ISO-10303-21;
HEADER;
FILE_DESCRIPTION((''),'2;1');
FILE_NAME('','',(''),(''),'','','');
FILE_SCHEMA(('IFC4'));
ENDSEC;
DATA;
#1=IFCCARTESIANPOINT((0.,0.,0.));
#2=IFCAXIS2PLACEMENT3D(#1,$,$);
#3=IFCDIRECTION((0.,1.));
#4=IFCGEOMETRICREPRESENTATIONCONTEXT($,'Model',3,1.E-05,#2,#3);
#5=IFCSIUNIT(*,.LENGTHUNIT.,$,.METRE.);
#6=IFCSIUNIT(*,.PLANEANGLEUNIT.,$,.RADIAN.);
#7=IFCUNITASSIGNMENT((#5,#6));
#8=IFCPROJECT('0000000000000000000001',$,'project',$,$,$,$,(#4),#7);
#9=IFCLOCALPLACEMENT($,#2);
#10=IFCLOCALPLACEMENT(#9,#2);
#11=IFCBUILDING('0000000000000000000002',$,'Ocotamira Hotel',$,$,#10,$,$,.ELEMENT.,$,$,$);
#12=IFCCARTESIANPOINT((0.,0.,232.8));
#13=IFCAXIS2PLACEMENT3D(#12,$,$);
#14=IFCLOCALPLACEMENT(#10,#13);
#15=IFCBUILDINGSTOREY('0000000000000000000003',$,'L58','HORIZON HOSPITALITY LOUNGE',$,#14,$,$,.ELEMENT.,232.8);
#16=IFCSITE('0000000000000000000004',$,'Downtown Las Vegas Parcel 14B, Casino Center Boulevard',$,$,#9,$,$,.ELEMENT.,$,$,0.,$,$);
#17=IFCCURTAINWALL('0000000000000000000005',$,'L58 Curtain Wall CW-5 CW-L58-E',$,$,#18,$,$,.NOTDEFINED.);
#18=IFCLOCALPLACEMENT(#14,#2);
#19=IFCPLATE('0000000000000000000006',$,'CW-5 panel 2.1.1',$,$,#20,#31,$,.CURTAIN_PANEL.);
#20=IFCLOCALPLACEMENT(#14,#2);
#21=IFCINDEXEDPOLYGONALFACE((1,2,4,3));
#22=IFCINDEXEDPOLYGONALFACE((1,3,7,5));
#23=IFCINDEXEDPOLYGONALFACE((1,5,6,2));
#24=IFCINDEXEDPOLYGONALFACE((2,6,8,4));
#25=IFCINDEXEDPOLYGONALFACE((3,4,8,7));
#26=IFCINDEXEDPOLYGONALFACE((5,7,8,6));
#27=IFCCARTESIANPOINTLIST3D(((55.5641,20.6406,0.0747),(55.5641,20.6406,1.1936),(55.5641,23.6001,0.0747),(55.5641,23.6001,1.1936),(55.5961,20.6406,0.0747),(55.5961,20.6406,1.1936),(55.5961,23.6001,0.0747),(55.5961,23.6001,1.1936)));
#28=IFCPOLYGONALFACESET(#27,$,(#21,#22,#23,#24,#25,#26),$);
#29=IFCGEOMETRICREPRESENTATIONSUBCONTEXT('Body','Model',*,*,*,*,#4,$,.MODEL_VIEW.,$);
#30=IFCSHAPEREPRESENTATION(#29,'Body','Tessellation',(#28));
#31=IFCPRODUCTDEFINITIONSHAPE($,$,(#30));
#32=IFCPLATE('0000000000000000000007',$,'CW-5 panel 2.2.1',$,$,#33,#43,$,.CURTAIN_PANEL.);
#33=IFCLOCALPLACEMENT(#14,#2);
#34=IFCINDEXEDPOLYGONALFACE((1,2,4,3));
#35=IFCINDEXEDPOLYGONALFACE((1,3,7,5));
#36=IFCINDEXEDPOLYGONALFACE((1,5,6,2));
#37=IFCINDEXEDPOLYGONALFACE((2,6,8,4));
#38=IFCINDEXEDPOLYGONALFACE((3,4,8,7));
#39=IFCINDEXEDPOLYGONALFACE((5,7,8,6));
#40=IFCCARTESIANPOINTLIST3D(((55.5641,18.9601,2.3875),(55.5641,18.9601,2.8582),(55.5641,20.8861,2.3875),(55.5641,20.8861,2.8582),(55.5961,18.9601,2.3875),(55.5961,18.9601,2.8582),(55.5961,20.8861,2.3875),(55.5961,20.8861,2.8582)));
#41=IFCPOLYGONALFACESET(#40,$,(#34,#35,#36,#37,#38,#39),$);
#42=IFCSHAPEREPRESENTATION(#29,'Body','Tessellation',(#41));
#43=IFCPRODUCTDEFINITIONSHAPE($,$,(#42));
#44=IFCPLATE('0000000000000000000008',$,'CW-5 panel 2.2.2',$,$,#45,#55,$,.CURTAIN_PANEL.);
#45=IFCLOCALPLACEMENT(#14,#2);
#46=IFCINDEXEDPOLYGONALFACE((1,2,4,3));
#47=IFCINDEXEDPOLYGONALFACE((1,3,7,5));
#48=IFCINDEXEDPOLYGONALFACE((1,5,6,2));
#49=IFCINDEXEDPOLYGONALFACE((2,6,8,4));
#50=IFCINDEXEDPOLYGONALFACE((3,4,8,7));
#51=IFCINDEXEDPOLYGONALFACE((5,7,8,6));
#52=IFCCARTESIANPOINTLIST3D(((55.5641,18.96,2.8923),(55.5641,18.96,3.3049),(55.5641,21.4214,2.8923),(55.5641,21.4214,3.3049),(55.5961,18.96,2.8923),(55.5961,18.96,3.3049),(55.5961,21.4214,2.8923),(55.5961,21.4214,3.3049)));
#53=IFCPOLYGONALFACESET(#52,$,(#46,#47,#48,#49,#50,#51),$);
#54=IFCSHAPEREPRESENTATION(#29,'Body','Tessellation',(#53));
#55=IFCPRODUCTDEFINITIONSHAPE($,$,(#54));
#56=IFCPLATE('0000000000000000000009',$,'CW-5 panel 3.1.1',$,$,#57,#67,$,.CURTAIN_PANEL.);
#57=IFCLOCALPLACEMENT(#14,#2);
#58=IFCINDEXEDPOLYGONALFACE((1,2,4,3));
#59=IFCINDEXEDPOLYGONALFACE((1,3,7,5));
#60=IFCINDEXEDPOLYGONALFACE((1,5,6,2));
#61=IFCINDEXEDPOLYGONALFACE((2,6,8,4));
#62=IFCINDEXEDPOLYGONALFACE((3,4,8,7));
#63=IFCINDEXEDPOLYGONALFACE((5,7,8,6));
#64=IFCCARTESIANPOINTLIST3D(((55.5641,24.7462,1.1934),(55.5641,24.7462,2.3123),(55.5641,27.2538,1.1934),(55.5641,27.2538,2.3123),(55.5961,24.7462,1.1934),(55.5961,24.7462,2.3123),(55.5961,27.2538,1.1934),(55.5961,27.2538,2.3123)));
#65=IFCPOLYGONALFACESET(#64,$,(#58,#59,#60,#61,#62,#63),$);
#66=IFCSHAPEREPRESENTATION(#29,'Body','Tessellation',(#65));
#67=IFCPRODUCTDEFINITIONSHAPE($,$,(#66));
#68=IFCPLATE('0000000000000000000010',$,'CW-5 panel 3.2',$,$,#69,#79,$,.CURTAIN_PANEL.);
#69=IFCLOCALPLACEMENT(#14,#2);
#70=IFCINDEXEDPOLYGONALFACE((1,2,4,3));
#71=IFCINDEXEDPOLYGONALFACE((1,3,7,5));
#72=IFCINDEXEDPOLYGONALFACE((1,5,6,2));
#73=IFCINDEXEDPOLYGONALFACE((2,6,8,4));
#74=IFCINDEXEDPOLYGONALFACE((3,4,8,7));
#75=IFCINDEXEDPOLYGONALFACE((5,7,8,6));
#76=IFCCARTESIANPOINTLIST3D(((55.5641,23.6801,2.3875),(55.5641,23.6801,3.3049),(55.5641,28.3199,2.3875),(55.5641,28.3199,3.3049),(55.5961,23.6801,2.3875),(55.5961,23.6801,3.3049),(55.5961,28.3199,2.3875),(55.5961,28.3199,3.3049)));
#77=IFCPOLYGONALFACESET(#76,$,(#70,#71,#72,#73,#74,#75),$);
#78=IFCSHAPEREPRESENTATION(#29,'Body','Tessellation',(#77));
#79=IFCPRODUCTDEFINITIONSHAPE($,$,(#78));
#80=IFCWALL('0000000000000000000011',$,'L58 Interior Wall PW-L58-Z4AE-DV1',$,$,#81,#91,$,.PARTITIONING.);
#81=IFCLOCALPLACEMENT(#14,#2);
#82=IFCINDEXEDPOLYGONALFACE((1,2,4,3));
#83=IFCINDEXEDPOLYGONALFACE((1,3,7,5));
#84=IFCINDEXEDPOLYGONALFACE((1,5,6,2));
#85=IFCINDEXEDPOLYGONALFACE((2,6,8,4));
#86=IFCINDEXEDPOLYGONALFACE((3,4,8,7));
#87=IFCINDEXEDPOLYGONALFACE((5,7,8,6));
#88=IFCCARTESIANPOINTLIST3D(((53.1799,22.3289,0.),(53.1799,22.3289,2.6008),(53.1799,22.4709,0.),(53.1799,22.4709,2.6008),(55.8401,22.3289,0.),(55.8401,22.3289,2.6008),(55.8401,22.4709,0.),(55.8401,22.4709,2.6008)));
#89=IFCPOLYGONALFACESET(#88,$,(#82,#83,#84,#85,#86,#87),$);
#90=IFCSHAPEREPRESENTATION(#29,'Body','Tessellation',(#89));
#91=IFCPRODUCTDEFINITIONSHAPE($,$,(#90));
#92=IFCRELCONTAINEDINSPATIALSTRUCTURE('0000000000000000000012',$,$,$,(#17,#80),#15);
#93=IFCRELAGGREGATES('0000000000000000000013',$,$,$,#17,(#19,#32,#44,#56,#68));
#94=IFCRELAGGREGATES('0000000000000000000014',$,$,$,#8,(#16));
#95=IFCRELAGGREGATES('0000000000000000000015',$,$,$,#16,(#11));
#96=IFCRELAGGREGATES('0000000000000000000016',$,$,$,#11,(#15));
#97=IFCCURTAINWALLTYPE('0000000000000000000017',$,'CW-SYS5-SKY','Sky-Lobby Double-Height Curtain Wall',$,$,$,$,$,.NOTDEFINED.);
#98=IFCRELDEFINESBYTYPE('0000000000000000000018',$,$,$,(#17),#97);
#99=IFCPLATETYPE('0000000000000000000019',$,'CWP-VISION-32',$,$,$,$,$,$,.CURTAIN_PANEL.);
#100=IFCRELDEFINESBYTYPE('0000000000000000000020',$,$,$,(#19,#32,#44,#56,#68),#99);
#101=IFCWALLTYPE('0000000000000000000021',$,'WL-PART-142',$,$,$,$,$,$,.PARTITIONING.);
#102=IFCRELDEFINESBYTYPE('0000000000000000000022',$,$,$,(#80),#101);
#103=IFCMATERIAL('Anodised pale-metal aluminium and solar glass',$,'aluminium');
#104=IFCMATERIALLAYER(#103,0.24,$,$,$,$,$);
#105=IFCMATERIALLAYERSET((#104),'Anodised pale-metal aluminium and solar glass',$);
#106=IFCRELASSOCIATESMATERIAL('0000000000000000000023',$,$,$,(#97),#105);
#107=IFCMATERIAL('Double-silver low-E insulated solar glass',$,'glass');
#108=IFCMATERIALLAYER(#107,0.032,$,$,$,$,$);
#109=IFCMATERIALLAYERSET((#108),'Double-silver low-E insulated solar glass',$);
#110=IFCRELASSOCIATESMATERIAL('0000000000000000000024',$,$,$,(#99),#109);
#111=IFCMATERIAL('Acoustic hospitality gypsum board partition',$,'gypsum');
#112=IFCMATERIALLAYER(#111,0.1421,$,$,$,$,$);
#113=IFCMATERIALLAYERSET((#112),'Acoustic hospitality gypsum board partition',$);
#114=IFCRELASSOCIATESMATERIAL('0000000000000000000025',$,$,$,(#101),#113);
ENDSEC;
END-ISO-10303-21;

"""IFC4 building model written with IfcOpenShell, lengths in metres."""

from ifc_helpers import new_model, si_unit, direction, frame, frame_2d, origin, origin_2d, place, context, subcontext, project, spatial, rectangle, extrude, source, transform, mapped, material, layer, layer_set, type_object, element, aggregate, save


model = new_model("IFC4")

# Units and contexts
model_context = context("Model", 3, precision=1e-05, world=origin(), true_north=direction((0.0, 1.0)))
body_context = subcontext(model_context, "Body", "Model", "MODEL_VIEW")
ifc_project = project(units=[si_unit("LENGTHUNIT", "METRE"), si_unit("PLANEANGLEUNIT", "RADIAN")], contexts=[model_context])

# Site, building, storey
site_placement = place(None, origin())
site = spatial("IfcSite", under=ifc_project, at=site_placement, Name="Downtown Las Vegas Parcel 14B, Casino Center Boulevard", CompositionType="ELEMENT", RefElevation=0.0)
building_placement = place(site_placement, origin())
building = spatial("IfcBuilding", under=site, at=building_placement, Name="Ocotamira Hotel", CompositionType="ELEMENT")
storey_placement = place(building_placement, frame((0.0, 0.0, 232.8)))
storey = spatial("IfcBuildingStorey", under=building, at=storey_placement, Name="L58", Description="HORIZON HOSPITALITY LOUNGE", CompositionType="ELEMENT", Elevation=232.8)

# Curtain wall
ifc_material_1 = material(Name="Anodised pale-metal aluminium and solar glass", Category="aluminium")
ifc_layer_1 = layer(ifc_material_1, 0.24)
ifc_layer_set_1 = layer_set([ifc_layer_1], Name="Anodised pale-metal aluminium and solar glass")
curtain_wall_type = type_object("IfcCurtainWallType", Name="CW-SYS5-SKY", Description="Sky-Lobby Double-Height Curtain Wall", PredefinedType="NOTDEFINED", material=ifc_layer_set_1)
curtain_wall_placement = place(storey_placement, origin())
curtain_wall = element("IfcCurtainWall", 1, at=curtain_wall_placement, inside=storey, type_object=curtain_wall_type, Name="L58 Curtain Wall CW-5 CW-L58-E", PredefinedType="NOTDEFINED")

# Plates
ifc_material_2 = material(Name="Double-silver low-E insulated solar glass", Category="glass")
ifc_layer_2 = layer(ifc_material_2, 0.032)
ifc_layer_set_2 = layer_set([ifc_layer_2], Name="Double-silver low-E insulated solar glass")
plate_type_1 = type_object("IfcPlateType", Name="CWP-VISION-32", PredefinedType="CURTAIN_PANEL", material=ifc_layer_set_2)
shared_shape_1 = source(origin(), body_context, "Body", "SweptSolid", [
    extrude(rectangle(XDim=2.9595, YDim=0.032, at=origin_2d()), origin(), (0.0, 0.0, 1.0), 1.1189),
])
plate_1_placement = place(storey_placement, frame((55.5801, 22.1204, 0.0747), z_axis=(0.0, 0.0, 1.0), x_axis=(0.0, 1.0, 0.0)))
plate_1 = element("IfcPlate", 2, at=plate_1_placement, type_object=plate_type_1, Name="CW-5 panel 2.1.1", PredefinedType="CURTAIN_PANEL", context=body_context, shape_type="MappedRepresentation", body=[
    mapped(shared_shape_1, transform((0.0, 0.0, 0.0), scale=1.0)),
])
shared_shape_2 = source(origin(), body_context, "Body", "SweptSolid", [
    extrude(rectangle(XDim=1.926, YDim=0.032, at=origin_2d()), origin(), (0.0, 0.0, 1.0), 0.4707),
])
plate_2_placement = place(storey_placement, frame((55.5801, 19.9231, 2.3875), z_axis=(0.0, 0.0, 1.0), x_axis=(0.0, 1.0, 0.0)))
plate_2 = element("IfcPlate", 3, at=plate_2_placement, type_object=plate_type_1, Name="CW-5 panel 2.2.1", PredefinedType="CURTAIN_PANEL", context=body_context, shape_type="MappedRepresentation", body=[
    mapped(shared_shape_2, transform((0.0, 0.0, 0.0), scale=1.0)),
])
shared_shape_3 = source(origin(), body_context, "Body", "SweptSolid", [
    extrude(rectangle(XDim=2.4614, YDim=0.032, at=origin_2d()), origin(), (0.0, 0.0, 1.0), 0.4126),
])
plate_3_placement = place(storey_placement, frame((55.5801, 20.1907, 2.8923), z_axis=(0.0, 0.0, 1.0), x_axis=(0.0, 1.0, 0.0)))
plate_3 = element("IfcPlate", 4, at=plate_3_placement, type_object=plate_type_1, Name="CW-5 panel 2.2.2", PredefinedType="CURTAIN_PANEL", context=body_context, shape_type="MappedRepresentation", body=[
    mapped(shared_shape_3, transform((0.0, 0.0, 0.0), scale=1.0)),
])
shared_shape_4 = source(origin(), body_context, "Body", "SweptSolid", [
    extrude(rectangle(XDim=2.5076, YDim=0.032, at=origin_2d()), origin(), (0.0, 0.0, 1.0), 1.1189),
])
plate_4_placement = place(storey_placement, frame((55.5801, 26.0, 1.1934), z_axis=(0.0, 0.0, 1.0), x_axis=(0.0, 1.0, 0.0)))
plate_4 = element("IfcPlate", 5, at=plate_4_placement, type_object=plate_type_1, Name="CW-5 panel 3.1.1", PredefinedType="CURTAIN_PANEL", context=body_context, shape_type="MappedRepresentation", body=[
    mapped(shared_shape_4, transform((0.0, 0.0, 0.0), scale=1.0)),
])
shared_shape_5 = source(origin(), body_context, "Body", "SweptSolid", [
    extrude(rectangle(XDim=4.6399, YDim=0.032, at=origin_2d()), origin(), (0.0, 0.0, 1.0), 0.9175),
])
plate_5_placement = place(storey_placement, frame((55.5801, 26.0, 2.3875), z_axis=(0.0, 0.0, 1.0), x_axis=(0.0, 1.0, 0.0)))
plate_5 = element("IfcPlate", 6, at=plate_5_placement, type_object=plate_type_1, Name="CW-5 panel 3.2", PredefinedType="CURTAIN_PANEL", context=body_context, shape_type="MappedRepresentation", body=[
    mapped(shared_shape_5, transform((0.0, 0.0, 0.0), scale=1.0)),
])
aggregate(curtain_wall, [plate_1, plate_2, plate_3, plate_4, plate_5])

# Wall
ifc_material_3 = material(Name="Acoustic hospitality gypsum board partition", Category="gypsum")
ifc_layer_3 = layer(ifc_material_3, 0.1421)
ifc_layer_set_3 = layer_set([ifc_layer_3], Name="Acoustic hospitality gypsum board partition")
wall_type = type_object("IfcWallType", Name="WL-PART-142", PredefinedType="PARTITIONING", material=ifc_layer_set_3)
wall_placement = place(storey_placement, frame((53.1799, 22.3999, 0.0), z_axis=(0.0, 0.0, 1.0), x_axis=(1.0, 0.0, 0.0)))
element("IfcWall", 7, at=wall_placement, inside=storey, type_object=wall_type, Name="L58 Interior Wall PW-L58-Z4AE-DV1", PredefinedType="PARTITIONING", context=body_context, shape_type="SweptSolid", body=[
    extrude(rectangle(XDim=2.6602, YDim=0.1421, at=frame_2d((1.3301, 0.0))), origin(), (0.0, 0.0, 1.0), 2.6008),
])

save(model, "model.ifc")
